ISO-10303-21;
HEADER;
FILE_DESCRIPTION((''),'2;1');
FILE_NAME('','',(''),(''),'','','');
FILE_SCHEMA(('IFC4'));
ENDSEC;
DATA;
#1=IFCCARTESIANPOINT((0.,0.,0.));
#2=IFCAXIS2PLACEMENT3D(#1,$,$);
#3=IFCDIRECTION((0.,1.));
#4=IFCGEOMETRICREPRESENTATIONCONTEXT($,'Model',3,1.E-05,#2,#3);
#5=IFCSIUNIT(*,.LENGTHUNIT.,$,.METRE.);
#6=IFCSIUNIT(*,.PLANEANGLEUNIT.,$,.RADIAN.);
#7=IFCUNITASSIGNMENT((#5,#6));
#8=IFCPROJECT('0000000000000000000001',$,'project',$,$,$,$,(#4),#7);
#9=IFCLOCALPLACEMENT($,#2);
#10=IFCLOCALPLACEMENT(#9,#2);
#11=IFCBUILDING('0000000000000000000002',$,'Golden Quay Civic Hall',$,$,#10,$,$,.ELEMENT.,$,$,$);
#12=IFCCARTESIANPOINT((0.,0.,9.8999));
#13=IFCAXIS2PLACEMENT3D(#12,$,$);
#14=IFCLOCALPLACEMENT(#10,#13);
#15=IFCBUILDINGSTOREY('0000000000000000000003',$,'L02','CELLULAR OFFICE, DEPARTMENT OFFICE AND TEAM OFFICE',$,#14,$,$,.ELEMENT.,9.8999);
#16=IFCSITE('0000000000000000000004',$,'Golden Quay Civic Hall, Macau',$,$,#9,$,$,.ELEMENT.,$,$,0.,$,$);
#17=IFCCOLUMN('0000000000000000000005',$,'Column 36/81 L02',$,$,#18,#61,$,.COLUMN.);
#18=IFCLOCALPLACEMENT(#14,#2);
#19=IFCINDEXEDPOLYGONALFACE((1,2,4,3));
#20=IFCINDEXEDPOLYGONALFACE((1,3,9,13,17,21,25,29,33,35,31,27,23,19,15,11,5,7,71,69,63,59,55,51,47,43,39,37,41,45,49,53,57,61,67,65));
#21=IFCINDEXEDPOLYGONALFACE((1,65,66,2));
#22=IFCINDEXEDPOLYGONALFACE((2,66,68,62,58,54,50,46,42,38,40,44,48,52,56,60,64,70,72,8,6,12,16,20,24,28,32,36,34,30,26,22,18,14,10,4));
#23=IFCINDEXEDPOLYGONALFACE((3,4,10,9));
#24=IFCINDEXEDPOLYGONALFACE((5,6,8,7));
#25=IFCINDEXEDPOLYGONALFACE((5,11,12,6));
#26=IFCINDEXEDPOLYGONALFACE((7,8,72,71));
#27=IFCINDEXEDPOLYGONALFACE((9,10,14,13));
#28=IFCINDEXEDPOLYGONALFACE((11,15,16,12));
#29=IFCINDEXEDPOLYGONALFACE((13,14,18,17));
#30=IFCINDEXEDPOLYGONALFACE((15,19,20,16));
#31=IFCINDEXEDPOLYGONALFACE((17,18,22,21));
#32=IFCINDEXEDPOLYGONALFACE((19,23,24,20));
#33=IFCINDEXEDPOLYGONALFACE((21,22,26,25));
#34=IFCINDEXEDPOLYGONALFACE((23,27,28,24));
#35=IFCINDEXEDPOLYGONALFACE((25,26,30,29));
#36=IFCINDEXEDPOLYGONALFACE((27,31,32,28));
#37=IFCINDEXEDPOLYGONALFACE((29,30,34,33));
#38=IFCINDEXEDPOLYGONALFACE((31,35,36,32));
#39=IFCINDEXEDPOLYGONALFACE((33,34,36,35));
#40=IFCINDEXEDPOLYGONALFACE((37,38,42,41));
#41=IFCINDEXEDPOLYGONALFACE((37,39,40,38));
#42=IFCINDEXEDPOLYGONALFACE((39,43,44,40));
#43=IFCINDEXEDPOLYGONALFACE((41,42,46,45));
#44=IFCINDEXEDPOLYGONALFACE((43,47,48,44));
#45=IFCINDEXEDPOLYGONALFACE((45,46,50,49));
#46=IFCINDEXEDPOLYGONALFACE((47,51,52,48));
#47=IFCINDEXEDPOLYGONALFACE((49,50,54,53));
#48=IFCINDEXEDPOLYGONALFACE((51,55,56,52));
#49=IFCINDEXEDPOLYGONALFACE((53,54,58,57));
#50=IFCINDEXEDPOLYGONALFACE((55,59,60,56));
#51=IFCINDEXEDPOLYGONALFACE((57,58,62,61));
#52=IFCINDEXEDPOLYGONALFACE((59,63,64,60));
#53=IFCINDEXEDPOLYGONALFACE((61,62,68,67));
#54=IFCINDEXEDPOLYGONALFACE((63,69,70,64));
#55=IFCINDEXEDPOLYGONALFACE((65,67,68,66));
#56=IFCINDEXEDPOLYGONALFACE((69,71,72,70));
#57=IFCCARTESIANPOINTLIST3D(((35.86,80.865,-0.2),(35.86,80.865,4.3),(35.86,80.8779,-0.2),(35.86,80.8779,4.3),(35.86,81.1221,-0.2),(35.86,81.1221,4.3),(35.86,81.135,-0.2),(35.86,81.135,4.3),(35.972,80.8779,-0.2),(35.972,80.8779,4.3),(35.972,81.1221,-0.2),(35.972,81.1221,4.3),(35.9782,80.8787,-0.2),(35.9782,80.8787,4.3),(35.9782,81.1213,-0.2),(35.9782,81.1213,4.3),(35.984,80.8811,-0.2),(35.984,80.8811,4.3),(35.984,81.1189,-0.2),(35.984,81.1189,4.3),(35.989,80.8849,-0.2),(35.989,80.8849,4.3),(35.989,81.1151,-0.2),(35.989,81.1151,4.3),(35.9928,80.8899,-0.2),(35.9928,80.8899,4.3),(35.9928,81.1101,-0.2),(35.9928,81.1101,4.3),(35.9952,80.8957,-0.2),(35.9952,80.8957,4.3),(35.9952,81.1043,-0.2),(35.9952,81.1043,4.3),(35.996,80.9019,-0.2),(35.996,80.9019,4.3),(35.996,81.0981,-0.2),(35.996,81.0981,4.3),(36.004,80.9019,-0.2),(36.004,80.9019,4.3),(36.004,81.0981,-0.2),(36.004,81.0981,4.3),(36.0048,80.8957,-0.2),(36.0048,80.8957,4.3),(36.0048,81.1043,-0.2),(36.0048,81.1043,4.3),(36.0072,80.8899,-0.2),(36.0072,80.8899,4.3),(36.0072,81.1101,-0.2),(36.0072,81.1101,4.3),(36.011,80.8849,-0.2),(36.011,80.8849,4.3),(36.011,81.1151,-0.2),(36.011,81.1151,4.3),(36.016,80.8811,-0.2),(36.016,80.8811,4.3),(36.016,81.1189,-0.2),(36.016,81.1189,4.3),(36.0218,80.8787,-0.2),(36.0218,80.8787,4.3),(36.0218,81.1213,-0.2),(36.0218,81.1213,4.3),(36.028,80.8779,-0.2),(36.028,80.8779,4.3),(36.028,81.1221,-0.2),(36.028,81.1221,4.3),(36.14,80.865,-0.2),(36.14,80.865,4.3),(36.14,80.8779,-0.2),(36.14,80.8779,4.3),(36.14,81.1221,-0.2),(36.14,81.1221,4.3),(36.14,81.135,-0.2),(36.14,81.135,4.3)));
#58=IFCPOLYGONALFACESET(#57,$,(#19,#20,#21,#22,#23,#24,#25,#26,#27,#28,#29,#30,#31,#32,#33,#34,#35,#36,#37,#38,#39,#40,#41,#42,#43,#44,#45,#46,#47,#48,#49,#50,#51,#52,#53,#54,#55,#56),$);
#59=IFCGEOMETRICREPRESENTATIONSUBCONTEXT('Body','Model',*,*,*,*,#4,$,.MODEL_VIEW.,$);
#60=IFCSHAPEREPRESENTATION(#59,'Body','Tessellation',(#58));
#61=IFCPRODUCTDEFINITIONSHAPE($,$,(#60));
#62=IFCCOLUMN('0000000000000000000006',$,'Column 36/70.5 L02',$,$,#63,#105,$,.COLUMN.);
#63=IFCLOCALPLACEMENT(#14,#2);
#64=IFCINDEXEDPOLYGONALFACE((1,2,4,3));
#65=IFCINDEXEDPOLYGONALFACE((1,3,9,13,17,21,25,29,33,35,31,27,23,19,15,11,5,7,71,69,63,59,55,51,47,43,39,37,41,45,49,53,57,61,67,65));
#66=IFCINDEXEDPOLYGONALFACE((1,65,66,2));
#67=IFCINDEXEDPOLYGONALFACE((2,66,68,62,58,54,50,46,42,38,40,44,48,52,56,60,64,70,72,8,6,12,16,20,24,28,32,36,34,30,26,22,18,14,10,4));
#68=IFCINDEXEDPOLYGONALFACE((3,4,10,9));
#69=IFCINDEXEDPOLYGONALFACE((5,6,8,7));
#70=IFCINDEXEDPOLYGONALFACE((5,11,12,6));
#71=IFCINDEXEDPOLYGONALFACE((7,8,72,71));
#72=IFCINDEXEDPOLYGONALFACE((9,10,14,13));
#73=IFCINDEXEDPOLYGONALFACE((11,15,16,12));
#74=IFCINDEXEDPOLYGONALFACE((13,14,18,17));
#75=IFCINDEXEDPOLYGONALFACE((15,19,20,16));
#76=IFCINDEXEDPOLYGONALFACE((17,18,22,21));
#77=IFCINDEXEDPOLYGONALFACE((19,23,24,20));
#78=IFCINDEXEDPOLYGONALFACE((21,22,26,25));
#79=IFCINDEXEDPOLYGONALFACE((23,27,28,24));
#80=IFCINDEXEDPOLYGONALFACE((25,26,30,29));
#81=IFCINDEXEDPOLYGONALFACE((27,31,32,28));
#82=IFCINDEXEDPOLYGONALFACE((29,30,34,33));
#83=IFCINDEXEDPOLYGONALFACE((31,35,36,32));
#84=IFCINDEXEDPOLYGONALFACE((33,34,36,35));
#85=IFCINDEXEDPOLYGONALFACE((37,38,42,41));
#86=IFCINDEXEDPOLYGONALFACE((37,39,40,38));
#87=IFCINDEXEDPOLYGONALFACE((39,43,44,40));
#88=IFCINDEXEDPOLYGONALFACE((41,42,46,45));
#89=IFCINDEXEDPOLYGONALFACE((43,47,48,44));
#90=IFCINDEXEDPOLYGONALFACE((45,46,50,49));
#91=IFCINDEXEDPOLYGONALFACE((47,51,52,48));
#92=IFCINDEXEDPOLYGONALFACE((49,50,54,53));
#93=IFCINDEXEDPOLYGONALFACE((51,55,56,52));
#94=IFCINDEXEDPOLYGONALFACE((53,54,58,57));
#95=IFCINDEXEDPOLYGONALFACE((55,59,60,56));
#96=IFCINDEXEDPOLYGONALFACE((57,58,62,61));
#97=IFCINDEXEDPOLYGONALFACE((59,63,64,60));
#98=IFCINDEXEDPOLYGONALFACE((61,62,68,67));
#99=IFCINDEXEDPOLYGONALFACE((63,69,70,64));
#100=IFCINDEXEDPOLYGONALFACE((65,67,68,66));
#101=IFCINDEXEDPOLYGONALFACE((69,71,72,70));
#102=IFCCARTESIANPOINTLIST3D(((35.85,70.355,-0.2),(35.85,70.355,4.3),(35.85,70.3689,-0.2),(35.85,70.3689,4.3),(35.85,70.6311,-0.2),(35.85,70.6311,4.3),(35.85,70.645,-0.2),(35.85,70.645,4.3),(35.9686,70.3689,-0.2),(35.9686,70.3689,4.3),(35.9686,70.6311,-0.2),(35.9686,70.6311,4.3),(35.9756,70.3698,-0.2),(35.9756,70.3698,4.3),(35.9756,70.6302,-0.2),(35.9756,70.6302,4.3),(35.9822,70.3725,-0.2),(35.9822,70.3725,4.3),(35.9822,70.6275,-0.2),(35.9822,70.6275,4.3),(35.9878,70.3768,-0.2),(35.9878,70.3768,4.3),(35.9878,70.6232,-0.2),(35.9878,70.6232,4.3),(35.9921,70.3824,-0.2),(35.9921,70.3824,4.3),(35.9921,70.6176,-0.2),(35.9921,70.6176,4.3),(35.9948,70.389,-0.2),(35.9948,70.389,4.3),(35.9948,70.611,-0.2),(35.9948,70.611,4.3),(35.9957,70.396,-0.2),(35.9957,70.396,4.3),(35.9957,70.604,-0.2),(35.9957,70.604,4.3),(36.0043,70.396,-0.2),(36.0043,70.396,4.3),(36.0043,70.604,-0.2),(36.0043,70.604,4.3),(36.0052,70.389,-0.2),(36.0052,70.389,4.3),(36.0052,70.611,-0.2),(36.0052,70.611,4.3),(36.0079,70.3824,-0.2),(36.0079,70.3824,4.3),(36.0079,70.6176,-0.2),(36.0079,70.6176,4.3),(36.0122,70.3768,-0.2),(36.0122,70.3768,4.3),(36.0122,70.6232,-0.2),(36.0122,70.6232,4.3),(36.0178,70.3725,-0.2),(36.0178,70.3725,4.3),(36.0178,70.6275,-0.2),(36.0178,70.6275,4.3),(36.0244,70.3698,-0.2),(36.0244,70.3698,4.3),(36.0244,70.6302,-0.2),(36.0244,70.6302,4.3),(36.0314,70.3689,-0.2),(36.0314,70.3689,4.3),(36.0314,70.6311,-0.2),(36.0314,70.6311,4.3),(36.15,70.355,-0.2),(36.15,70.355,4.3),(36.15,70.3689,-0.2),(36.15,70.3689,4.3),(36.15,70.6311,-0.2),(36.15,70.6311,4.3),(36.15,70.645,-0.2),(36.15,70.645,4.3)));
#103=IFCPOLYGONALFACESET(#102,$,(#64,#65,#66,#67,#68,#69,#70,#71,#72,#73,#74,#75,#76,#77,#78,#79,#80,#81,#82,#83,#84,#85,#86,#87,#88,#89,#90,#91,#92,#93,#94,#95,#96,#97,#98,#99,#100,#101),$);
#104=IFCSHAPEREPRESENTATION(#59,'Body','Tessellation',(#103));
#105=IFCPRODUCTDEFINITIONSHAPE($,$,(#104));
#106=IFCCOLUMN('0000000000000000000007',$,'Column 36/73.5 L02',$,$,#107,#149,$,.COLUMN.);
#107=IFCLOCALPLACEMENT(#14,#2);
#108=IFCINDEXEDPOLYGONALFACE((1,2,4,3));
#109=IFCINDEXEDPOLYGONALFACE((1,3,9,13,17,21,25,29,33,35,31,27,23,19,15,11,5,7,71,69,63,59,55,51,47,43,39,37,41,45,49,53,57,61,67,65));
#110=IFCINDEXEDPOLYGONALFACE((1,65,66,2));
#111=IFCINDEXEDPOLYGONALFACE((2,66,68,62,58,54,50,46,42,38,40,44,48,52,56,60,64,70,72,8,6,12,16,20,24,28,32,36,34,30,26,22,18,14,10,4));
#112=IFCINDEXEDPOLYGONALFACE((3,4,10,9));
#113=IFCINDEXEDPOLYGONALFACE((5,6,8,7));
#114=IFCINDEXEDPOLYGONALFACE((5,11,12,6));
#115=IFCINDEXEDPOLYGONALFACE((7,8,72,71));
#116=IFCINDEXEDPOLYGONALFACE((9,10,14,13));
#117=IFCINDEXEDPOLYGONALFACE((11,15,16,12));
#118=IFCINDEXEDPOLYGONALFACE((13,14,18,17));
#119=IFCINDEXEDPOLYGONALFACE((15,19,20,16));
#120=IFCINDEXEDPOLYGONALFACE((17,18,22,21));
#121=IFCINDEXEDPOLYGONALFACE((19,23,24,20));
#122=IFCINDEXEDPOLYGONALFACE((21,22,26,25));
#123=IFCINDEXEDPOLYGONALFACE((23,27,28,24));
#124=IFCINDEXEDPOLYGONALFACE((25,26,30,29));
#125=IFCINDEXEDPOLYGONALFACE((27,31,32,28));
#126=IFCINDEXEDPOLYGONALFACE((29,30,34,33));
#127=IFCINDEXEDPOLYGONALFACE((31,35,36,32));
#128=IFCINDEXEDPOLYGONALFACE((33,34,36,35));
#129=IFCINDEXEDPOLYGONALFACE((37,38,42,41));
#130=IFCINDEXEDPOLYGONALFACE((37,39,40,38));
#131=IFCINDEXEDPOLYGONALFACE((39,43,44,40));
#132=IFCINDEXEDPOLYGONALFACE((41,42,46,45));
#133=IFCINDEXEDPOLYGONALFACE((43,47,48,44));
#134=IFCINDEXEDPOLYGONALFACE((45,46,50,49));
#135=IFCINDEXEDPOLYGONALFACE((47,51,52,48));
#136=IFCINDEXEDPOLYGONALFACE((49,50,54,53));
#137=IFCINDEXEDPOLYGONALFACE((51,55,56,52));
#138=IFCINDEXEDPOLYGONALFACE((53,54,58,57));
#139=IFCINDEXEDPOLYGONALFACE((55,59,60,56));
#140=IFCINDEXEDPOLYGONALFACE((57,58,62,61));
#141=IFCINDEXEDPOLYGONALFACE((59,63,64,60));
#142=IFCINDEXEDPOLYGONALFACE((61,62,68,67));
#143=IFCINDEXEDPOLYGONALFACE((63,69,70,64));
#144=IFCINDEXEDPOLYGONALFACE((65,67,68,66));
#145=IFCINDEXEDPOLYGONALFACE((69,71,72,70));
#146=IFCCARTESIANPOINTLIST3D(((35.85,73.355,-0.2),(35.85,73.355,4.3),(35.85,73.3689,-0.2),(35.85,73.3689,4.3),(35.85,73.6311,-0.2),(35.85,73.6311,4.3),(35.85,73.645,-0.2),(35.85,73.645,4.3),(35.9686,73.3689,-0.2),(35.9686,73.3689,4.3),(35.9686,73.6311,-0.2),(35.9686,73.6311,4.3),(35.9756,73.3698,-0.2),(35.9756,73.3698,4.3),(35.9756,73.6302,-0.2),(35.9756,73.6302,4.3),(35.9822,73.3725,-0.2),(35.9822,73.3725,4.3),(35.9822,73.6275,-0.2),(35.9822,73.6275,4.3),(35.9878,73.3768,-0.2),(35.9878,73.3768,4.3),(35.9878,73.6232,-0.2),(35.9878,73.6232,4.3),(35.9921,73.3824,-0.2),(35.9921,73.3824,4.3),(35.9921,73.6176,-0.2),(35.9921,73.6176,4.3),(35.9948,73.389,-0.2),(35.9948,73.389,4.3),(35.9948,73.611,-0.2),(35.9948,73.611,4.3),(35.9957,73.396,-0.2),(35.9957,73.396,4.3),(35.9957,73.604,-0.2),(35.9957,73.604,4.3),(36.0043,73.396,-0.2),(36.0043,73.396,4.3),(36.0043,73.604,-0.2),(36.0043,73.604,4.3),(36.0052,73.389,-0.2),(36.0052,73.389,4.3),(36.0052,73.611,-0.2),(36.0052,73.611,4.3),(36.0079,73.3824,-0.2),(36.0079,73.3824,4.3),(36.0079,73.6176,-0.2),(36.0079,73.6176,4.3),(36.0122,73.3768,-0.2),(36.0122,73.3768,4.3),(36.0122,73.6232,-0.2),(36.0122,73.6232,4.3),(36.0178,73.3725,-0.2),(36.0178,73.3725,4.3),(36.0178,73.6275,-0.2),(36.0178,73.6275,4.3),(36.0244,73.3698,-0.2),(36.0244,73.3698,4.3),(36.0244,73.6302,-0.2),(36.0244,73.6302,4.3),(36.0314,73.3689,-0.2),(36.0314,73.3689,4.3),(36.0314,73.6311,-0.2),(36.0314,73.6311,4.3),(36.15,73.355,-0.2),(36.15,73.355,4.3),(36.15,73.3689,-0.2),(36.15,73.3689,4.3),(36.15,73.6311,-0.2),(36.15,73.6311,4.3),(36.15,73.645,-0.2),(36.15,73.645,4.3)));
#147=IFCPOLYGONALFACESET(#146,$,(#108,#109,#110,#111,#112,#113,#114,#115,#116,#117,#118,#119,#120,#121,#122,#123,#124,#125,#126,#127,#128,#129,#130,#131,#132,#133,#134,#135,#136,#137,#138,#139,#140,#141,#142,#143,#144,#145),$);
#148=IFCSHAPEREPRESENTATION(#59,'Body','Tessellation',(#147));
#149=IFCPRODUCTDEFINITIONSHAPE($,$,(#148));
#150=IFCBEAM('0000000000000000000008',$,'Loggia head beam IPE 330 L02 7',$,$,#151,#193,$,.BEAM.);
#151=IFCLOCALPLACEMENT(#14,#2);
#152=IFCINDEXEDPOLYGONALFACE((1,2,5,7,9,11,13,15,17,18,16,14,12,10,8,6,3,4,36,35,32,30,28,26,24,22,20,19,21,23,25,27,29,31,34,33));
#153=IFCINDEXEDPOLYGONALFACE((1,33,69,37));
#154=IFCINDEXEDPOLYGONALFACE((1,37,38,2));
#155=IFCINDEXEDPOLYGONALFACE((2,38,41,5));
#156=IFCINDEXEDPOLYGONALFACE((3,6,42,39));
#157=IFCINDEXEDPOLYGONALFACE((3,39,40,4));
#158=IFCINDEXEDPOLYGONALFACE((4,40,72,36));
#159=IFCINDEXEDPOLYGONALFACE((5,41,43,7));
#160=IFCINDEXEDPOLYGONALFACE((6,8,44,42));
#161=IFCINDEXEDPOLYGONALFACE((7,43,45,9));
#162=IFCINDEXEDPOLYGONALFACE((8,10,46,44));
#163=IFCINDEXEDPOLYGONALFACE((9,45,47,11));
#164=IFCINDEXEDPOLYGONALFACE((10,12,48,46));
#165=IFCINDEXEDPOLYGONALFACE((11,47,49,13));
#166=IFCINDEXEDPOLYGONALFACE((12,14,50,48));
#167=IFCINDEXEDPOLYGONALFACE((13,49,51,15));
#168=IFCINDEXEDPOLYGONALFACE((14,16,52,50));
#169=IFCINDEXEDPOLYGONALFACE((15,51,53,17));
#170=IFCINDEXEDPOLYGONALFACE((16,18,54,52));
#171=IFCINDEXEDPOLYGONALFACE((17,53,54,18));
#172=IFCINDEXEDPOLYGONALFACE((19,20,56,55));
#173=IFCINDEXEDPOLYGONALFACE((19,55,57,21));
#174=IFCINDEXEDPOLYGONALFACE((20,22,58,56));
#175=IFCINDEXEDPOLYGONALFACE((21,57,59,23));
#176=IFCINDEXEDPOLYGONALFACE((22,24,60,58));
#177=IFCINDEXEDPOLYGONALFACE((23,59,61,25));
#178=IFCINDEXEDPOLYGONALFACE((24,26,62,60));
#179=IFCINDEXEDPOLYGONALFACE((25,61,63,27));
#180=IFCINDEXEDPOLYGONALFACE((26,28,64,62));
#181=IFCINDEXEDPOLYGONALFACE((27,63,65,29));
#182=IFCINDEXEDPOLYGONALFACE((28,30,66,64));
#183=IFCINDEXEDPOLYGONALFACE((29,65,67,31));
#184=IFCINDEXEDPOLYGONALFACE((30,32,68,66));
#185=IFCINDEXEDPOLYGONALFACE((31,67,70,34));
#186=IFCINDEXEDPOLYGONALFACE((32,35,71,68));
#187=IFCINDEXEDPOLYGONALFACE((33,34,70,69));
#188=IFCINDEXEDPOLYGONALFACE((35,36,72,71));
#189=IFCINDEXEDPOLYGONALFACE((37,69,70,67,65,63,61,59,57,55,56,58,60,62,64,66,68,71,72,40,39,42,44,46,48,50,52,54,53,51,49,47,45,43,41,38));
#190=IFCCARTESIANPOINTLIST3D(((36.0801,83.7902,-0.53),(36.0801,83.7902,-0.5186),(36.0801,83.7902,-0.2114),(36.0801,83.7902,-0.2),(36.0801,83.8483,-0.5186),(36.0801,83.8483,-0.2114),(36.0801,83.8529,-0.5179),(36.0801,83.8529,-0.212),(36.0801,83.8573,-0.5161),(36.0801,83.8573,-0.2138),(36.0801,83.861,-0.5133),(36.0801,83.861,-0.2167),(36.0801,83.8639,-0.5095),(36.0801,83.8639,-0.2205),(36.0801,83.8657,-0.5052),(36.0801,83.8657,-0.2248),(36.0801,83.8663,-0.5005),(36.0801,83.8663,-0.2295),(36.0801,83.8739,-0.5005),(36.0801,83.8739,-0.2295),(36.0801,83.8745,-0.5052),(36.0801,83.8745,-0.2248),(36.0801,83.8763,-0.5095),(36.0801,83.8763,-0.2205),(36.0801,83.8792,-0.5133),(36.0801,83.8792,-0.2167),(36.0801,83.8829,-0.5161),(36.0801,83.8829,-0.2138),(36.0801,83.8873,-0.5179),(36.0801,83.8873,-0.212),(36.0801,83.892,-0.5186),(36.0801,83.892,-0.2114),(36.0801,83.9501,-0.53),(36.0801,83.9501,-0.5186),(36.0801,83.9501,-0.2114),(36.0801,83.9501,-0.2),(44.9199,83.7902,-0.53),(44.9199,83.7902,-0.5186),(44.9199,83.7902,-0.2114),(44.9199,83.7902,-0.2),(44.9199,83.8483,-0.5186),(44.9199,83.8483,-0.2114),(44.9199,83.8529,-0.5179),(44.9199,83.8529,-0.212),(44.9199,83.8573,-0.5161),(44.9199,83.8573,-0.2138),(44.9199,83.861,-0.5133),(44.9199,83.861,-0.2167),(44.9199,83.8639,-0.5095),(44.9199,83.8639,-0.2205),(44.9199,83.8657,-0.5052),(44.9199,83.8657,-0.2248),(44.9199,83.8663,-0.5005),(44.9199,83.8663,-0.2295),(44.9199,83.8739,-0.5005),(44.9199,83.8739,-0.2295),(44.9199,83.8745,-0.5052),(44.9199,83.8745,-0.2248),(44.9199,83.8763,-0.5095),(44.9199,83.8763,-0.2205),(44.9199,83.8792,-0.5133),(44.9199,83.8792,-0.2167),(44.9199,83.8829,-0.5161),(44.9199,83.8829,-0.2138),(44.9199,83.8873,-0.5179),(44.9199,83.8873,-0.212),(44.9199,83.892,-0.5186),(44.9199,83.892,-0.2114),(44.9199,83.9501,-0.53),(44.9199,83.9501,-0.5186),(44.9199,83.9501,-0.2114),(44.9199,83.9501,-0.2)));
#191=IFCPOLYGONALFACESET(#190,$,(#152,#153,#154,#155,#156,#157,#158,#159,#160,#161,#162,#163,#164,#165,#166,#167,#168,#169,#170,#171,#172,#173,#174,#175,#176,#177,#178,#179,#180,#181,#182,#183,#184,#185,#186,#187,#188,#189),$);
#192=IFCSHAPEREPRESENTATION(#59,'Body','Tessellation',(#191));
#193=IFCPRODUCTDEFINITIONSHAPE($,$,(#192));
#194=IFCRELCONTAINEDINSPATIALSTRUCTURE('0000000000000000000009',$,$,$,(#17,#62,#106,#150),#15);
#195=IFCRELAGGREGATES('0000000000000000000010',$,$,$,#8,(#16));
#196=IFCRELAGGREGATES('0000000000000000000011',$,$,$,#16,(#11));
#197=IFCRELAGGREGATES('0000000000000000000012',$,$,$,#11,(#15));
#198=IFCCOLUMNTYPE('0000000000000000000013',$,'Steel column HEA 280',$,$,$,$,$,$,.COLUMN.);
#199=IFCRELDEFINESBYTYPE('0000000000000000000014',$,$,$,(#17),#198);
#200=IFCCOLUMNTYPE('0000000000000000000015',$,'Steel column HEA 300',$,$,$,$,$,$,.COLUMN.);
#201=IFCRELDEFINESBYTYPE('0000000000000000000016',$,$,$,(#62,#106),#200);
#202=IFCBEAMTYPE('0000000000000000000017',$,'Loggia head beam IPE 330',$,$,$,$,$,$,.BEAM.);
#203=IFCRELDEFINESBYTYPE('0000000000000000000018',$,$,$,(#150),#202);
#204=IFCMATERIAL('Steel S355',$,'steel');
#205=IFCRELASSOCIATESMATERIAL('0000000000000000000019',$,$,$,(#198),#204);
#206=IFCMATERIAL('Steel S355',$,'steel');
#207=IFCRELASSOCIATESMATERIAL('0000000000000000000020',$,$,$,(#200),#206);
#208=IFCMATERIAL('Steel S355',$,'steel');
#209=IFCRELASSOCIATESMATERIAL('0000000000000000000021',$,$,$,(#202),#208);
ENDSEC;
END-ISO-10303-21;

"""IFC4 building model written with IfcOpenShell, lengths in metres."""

from ifc_helpers import new_model, si_unit, direction, frame, origin, origin_2d, place, context, subcontext, project, spatial, i_section, extrude, material, material_profile, profile_set, type_object, element, save


model = new_model("IFC4")

# Units and contexts
model_context = context("Model", 3, precision=1e-05, world=origin(), true_north=direction((0.0, 1.0)))
body_context = subcontext(model_context, "Body", "Model", "MODEL_VIEW")
ifc_project = project(units=[si_unit("LENGTHUNIT", "METRE"), si_unit("PLANEANGLEUNIT", "RADIAN")], contexts=[model_context])

# Site, building, storey
site_placement = place(None, origin())
site = spatial("IfcSite", under=ifc_project, at=site_placement, Name="Golden Quay Civic Hall, Macau", CompositionType="ELEMENT", RefElevation=0.0)
building_placement = place(site_placement, origin())
building = spatial("IfcBuilding", under=site, at=building_placement, Name="Golden Quay Civic Hall", CompositionType="ELEMENT")
storey_placement = place(building_placement, frame((0.0, 0.0, 9.8999)))
storey = spatial("IfcBuildingStorey", under=building, at=storey_placement, Name="L02", Description="CELLULAR OFFICE, DEPARTMENT OFFICE AND TEAM OFFICE", CompositionType="ELEMENT", Elevation=9.8999)

# Columns
ifc_material_1 = material(Name="Steel S355", Category="steel")
ifc_material_profile_1 = material_profile(ifc_material_1, i_section(OverallWidth=0.28, OverallDepth=0.27, WebThickness=0.0081, FlangeThickness=0.0129, FilletRadius=0.0239, at=origin_2d()), Name="HEA 280")
ifc_profile_set_1 = profile_set([ifc_material_profile_1], Name="Steel S355")
column_type_1 = type_object("IfcColumnType", Name="Steel column HEA 280", PredefinedType="COLUMN", material=ifc_profile_set_1)
column_placement = place(storey_placement, frame((36.0, 81.0, -0.2), z_axis=(0.0, 0.0, 1.0), x_axis=(1.0, 0.0, 0.0)))
element("IfcColumn", 1, at=column_placement, inside=storey, type_object=column_type_1, Name="Column 36/81 L02", PredefinedType="COLUMN", context=body_context, shape_type="SweptSolid", body=[
    extrude(i_section(OverallWidth=0.28, OverallDepth=0.27, WebThickness=0.0081, FlangeThickness=0.0129, FilletRadius=0.0239, at=origin_2d()), origin(), (0.0, 0.0, 1.0), 4.5),
])
ifc_material_2 = material(Name="Steel S355", Category="steel")
ifc_material_profile_2 = material_profile(ifc_material_2, i_section(OverallWidth=0.3, OverallDepth=0.29, WebThickness=0.0085, FlangeThickness=0.0139, FilletRadius=0.0271, at=origin_2d()), Name="HEA 300")
ifc_profile_set_2 = profile_set([ifc_material_profile_2], Name="Steel S355")
column_type_2 = type_object("IfcColumnType", Name="Steel column HEA 300", PredefinedType="COLUMN", material=ifc_profile_set_2)
for number, where, z_axis, x_axis, name in (
    (2, (36.0, 70.5, -0.2), (0.0, 0.0, 1.0), (1.0, 0.0, 0.0), "Column 36/70.5 L02"),
    (3, (36.0, 73.5, -0.2), (0.0, 0.0, 1.0), (1.0, 0.0, 0.0), "Column 36/73.5 L02"),
):
    element("IfcColumn", number, at=place(storey_placement, frame(where, z_axis=z_axis, x_axis=x_axis)), inside=storey, type_object=column_type_2, Name=name, PredefinedType="COLUMN", context=body_context, shape_type="SweptSolid", body=[
        extrude(i_section(OverallWidth=0.3, OverallDepth=0.29, WebThickness=0.0085, FlangeThickness=0.0139, FilletRadius=0.0271, at=origin_2d()), origin(), (0.0, 0.0, 1.0), 4.5),
    ])

# Beam
ifc_material_3 = material(Name="Steel S355", Category="steel")
ifc_material_profile_3 = material_profile(ifc_material_3, i_section(OverallWidth=0.1599, OverallDepth=0.3301, WebThickness=0.0076, FlangeThickness=0.0115, FilletRadius=0.0181, at=origin_2d()), Name="IPE 330")
ifc_profile_set_3 = profile_set([ifc_material_profile_3], Name="Steel S355")
beam_type_1 = type_object("IfcBeamType", Name="Loggia head beam IPE 330", PredefinedType="BEAM", material=ifc_profile_set_3)
beam_1_placement = place(storey_placement, frame((36.0801, 83.8701, -0.365), z_axis=(1.0, 0.0, 0.0), x_axis=(0.0, 1.0, 0.0)))
element("IfcBeam", 4, at=beam_1_placement, inside=storey, type_object=beam_type_1, Name="Loggia head beam IPE 330 L02 7", PredefinedType="BEAM", context=body_context, shape_type="SweptSolid", body=[
    extrude(i_section(OverallWidth=0.1599, OverallDepth=0.3301, WebThickness=0.0076, FlangeThickness=0.0115, FilletRadius=0.0181, at=origin_2d()), origin(), (0.0, 0.0, 1.0), 8.8398),
])

save(model, "model.ifc")
